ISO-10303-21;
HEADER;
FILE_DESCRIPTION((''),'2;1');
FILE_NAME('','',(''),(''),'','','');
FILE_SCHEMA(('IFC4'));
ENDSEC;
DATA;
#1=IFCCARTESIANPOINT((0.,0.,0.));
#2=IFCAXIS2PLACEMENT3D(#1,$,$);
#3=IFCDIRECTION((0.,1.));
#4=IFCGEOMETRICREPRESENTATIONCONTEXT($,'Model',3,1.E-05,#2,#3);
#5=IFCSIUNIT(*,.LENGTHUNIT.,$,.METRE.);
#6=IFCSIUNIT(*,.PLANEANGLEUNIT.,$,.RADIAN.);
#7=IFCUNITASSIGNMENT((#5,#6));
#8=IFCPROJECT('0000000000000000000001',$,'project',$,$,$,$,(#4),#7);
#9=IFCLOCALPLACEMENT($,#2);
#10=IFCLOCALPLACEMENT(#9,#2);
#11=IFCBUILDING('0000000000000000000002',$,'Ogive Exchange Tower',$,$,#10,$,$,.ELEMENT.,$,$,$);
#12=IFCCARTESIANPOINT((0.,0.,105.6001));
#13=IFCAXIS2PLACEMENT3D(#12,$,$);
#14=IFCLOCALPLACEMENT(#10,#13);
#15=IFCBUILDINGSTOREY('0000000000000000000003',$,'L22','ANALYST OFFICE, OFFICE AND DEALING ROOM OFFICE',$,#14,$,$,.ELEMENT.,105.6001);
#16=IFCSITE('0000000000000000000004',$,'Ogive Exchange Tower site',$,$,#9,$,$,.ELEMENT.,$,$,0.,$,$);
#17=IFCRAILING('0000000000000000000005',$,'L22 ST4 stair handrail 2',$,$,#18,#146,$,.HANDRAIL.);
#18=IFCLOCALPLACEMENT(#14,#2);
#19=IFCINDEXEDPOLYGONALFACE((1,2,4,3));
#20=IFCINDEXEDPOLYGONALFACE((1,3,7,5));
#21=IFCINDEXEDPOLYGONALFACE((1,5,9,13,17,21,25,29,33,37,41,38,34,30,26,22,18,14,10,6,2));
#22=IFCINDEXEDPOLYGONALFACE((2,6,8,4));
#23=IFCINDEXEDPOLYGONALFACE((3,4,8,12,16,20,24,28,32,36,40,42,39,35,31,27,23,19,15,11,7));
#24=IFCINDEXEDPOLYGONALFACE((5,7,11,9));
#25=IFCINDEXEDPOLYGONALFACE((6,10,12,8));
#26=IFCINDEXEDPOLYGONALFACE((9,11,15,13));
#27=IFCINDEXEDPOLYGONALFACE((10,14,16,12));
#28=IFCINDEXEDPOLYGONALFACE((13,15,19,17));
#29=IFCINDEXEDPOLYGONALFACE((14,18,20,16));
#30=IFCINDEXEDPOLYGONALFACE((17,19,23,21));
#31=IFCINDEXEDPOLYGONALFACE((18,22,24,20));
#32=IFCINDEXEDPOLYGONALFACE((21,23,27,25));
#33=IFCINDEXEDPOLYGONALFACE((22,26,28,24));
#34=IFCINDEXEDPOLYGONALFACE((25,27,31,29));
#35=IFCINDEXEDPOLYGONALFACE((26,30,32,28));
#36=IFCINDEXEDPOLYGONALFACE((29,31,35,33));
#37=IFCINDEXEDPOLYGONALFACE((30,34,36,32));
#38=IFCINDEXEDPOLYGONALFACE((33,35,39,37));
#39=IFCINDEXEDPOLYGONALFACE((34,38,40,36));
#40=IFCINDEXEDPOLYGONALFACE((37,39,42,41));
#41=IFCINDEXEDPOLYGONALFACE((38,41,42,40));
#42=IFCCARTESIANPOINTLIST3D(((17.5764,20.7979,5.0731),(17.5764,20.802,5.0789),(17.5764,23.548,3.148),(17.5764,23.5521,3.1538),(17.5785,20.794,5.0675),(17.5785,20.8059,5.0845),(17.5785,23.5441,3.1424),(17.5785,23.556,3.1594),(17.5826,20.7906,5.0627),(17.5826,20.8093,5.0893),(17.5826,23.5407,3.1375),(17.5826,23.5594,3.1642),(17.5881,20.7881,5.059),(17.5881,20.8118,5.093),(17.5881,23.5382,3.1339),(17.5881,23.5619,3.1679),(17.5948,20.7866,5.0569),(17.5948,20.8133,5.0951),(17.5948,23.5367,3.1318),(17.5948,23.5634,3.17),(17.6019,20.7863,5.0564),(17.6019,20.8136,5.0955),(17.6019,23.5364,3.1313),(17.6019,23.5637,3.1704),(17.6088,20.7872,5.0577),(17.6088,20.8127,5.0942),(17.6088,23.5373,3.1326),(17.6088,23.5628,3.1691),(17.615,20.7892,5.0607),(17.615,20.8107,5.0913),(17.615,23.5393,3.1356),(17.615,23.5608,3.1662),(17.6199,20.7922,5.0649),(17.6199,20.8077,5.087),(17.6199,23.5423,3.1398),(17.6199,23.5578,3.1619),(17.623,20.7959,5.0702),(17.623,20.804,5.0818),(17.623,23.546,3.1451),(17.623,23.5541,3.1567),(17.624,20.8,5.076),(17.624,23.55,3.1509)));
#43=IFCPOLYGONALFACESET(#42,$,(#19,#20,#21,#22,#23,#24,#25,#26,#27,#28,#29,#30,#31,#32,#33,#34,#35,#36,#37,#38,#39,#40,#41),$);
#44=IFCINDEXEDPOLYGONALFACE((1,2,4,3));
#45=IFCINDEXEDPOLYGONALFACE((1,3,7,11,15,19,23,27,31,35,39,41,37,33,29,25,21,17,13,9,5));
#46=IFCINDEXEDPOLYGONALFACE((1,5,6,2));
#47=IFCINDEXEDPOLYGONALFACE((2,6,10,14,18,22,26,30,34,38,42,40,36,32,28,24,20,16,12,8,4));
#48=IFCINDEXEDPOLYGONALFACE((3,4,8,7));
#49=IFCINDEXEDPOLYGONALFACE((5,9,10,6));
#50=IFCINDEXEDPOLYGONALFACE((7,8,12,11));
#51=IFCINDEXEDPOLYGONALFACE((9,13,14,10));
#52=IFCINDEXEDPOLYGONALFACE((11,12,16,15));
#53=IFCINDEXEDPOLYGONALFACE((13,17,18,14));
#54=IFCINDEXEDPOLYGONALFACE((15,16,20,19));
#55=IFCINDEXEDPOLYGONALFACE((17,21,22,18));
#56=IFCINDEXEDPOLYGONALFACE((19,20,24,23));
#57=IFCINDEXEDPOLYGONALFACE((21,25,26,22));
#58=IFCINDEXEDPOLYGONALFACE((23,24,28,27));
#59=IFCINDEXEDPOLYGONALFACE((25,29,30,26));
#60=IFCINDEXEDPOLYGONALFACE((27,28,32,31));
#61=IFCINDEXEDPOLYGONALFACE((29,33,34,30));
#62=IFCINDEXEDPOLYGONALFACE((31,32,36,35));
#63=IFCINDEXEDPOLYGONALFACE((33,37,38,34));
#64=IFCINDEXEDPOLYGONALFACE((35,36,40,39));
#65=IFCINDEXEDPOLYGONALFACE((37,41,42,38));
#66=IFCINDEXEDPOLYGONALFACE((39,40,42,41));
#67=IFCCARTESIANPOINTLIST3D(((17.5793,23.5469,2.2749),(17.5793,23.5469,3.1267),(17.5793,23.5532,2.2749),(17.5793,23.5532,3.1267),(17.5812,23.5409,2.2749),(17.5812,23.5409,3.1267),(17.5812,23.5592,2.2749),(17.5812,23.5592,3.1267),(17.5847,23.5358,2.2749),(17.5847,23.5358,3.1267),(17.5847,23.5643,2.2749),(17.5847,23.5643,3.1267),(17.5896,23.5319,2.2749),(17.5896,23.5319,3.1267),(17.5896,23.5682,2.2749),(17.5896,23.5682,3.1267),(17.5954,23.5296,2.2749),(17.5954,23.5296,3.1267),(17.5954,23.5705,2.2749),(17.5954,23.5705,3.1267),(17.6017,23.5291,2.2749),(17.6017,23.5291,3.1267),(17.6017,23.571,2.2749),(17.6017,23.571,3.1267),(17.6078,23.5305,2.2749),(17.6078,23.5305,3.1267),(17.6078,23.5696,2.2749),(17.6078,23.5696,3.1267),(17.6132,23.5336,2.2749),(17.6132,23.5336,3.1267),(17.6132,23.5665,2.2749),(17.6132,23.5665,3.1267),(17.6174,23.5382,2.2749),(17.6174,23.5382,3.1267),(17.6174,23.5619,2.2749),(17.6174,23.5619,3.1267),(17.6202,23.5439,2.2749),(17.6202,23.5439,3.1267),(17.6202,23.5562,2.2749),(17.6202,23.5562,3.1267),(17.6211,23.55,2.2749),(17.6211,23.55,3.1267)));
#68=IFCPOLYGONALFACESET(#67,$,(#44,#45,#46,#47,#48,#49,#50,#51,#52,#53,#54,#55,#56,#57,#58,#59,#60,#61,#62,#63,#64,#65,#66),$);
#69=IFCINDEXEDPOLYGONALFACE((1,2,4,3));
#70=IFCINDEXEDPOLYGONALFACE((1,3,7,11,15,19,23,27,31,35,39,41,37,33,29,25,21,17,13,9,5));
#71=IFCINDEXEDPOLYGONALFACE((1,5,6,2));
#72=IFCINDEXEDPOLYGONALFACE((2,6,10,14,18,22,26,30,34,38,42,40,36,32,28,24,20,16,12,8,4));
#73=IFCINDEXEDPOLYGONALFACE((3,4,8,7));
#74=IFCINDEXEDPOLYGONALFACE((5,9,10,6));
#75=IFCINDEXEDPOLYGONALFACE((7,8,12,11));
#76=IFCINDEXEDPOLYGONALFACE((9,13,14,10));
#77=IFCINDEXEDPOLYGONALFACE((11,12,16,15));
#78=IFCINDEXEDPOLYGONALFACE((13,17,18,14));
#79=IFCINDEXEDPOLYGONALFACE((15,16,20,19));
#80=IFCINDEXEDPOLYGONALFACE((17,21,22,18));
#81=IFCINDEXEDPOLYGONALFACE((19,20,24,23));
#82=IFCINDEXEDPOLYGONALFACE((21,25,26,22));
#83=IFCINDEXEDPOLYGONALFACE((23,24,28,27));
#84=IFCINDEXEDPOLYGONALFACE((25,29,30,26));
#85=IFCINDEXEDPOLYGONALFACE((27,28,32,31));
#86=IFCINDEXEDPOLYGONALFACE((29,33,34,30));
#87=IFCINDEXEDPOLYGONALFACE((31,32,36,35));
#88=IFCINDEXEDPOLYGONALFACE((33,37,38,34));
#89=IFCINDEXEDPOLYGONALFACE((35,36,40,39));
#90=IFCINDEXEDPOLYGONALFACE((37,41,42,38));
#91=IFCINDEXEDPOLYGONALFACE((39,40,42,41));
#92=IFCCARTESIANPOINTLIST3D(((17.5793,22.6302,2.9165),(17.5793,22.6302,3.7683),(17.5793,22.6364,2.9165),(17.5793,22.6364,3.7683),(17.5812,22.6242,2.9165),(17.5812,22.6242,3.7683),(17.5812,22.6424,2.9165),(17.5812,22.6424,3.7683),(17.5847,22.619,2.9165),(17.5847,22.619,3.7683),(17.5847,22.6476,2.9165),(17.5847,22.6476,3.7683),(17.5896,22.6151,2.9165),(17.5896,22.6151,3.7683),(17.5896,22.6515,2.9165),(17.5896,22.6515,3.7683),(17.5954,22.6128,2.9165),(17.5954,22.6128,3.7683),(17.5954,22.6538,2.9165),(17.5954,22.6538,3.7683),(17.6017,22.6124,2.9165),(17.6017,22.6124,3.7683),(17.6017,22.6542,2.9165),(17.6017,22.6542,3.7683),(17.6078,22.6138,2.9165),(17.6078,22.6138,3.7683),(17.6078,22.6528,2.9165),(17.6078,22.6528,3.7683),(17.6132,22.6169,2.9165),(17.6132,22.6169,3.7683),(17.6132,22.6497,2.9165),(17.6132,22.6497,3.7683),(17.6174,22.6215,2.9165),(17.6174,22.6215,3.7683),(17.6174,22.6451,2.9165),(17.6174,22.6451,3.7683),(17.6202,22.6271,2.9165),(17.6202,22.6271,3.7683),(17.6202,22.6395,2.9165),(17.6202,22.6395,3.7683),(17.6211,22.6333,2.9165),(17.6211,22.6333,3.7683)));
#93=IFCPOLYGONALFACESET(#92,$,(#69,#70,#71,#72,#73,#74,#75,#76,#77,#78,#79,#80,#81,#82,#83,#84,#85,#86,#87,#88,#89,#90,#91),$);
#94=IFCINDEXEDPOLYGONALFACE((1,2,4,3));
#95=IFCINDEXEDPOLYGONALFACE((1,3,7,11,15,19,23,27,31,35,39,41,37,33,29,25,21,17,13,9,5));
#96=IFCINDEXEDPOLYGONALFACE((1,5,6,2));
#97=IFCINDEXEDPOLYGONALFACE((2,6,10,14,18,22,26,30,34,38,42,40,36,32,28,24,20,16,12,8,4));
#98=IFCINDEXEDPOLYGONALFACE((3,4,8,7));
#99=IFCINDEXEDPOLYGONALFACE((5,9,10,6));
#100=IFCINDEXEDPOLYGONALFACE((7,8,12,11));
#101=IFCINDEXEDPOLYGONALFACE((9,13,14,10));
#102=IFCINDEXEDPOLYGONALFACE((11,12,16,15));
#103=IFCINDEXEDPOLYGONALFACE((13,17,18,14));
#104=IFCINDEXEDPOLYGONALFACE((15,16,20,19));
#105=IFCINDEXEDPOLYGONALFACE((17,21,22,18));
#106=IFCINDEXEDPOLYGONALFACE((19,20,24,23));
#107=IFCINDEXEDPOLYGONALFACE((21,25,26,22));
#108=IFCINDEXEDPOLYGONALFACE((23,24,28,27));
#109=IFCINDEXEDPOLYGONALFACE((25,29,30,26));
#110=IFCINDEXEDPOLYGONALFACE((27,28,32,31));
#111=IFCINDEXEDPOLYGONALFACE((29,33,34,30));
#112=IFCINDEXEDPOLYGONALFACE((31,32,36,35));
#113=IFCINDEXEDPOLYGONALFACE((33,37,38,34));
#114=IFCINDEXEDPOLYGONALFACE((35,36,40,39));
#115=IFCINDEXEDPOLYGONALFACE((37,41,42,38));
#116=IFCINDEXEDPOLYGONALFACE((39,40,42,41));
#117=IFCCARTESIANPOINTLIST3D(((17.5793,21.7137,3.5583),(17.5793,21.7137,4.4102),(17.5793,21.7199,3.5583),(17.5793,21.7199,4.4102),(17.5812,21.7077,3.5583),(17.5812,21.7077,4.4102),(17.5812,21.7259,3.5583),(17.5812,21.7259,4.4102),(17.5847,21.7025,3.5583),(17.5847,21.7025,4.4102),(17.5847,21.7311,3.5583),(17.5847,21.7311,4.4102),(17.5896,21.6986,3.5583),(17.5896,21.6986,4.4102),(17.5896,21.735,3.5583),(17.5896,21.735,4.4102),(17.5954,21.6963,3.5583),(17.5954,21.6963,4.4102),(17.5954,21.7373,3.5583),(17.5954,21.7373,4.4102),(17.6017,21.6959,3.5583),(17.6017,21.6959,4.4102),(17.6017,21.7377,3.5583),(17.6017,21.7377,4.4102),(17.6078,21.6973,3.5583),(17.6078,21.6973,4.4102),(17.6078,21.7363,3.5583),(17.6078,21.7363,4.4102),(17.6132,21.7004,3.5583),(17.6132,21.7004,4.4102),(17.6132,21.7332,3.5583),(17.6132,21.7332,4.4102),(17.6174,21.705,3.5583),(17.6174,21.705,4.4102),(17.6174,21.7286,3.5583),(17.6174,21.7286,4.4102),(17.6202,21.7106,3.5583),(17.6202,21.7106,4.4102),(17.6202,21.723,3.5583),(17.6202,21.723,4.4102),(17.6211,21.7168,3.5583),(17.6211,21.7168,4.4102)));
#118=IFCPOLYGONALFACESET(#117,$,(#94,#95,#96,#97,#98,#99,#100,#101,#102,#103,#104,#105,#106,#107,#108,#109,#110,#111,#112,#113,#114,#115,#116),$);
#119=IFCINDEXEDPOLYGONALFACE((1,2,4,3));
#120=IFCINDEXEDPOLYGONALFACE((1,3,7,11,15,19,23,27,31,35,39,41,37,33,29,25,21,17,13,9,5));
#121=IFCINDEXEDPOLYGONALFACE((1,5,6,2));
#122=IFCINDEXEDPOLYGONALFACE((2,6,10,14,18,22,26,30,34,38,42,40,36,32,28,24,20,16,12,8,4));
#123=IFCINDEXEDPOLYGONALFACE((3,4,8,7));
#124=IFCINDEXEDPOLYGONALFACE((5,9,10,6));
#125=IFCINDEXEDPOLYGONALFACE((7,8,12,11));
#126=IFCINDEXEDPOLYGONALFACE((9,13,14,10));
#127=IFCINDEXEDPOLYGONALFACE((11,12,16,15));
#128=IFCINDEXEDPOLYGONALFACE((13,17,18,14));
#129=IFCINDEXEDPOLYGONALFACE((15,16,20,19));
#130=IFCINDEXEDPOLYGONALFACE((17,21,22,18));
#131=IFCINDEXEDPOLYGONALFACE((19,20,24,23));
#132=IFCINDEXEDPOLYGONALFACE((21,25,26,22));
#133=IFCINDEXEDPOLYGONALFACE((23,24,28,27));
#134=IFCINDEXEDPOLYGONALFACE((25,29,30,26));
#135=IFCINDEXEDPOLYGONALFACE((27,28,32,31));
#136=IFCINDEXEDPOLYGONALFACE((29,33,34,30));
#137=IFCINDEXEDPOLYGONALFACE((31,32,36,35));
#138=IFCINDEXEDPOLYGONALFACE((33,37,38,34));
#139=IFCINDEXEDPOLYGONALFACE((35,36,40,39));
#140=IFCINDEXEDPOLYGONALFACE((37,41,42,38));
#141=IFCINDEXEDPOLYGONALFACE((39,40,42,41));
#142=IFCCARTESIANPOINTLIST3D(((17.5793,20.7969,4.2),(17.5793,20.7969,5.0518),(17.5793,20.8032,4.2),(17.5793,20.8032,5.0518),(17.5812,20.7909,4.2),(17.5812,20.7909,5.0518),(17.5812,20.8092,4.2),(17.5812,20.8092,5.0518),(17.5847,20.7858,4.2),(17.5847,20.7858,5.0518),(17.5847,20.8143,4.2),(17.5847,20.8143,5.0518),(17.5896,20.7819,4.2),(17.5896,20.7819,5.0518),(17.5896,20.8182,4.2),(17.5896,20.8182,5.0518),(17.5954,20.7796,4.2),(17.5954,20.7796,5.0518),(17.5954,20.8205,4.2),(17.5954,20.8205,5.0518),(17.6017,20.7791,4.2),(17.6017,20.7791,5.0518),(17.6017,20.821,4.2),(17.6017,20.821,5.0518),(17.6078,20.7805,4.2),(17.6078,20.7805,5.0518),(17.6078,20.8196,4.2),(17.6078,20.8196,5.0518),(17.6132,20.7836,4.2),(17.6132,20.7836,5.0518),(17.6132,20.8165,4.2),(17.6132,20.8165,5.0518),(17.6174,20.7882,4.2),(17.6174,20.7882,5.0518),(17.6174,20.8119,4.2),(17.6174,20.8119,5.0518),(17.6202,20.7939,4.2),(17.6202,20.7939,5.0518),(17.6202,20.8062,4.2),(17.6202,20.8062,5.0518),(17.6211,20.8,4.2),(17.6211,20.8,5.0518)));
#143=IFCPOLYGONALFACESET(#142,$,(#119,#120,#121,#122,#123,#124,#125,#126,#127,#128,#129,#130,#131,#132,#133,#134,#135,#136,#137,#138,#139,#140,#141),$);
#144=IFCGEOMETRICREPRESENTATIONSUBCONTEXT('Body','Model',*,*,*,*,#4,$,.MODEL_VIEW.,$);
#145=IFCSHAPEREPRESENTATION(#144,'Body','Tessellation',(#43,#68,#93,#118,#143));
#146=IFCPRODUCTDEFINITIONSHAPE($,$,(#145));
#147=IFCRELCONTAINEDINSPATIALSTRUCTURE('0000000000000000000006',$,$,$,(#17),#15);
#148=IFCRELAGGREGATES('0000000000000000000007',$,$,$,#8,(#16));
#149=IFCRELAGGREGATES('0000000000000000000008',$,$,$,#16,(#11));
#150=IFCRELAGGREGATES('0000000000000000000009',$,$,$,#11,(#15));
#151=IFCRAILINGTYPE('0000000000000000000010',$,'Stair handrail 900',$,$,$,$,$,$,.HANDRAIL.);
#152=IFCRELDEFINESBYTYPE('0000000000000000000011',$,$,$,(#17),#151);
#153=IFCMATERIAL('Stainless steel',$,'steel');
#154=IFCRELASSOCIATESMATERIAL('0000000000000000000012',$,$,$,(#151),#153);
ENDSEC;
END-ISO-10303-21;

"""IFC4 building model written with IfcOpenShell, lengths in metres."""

from ifc_helpers import new_model, si_unit, direction, frame, origin, origin_2d, place, context, subcontext, project, spatial, circle, extrude, material, type_object, element, save


model = new_model("IFC4")

# Units and contexts
model_context = context("Model", 3, precision=1e-05, world=origin(), true_north=direction((0.0, 1.0)))
body_context = subcontext(model_context, "Body", "Model", "MODEL_VIEW")
ifc_project = project(units=[si_unit("LENGTHUNIT", "METRE"), si_unit("PLANEANGLEUNIT", "RADIAN")], contexts=[model_context])

# Site, building, storey
site_placement = place(None, origin())
site = spatial("IfcSite", under=ifc_project, at=site_placement, Name="Ogive Exchange Tower site", CompositionType="ELEMENT", RefElevation=0.0)
building_placement = place(site_placement, origin())
building = spatial("IfcBuilding", under=site, at=building_placement, Name="Ogive Exchange Tower", CompositionType="ELEMENT")
storey_placement = place(building_placement, frame((0.0, 0.0, 105.6001)))
storey = spatial("IfcBuildingStorey", under=building, at=storey_placement, Name="L22", Description="ANALYST OFFICE, OFFICE AND DEALING ROOM OFFICE", CompositionType="ELEMENT", Elevation=105.6001)

# Shared definitions
ifc_material_1 = material(Name="Stainless steel", Category="steel")

# Railing
railing_type = type_object("IfcRailingType", Name="Stair handrail 900", PredefinedType="HANDRAIL", material=ifc_material_1)
railing_1_placement = place(storey_placement, frame((17.6001, 23.55, 2.2749)))
element("IfcRailing", 1, at=railing_1_placement, inside=storey, type_object=railing_type, Name="L22 ST4 stair handrail 2", PredefinedType="HANDRAIL", context=body_context, shape_type="SweptSolid", body=[
    extrude(circle(Radius=0.0239, at=origin_2d()), frame((0.0, 0.0, 0.876), z_axis=(0.0, -0.819225, 0.573472), x_axis=(1.0, 0.0, 0.0)), (0.0, 0.0, 1.0), 3.3569),
    extrude(circle(Radius=0.021, at=origin_2d()), origin(), (0.0, 0.0, 1.0), 0.8518),
    extrude(circle(Radius=0.021, at=origin_2d()), frame((0.0, -0.9167, 0.6416)), (0.0, 0.0, 1.0), 0.8518),
    extrude(circle(Radius=0.021, at=origin_2d()), frame((0.0, -1.8333, 1.2834)), (0.0, 0.0, 1.0), 0.8518),
    extrude(circle(Radius=0.021, at=origin_2d()), frame((0.0, -2.75, 1.925)), (0.0, 0.0, 1.0), 0.8518),
])

save(model, "model.ifc")
